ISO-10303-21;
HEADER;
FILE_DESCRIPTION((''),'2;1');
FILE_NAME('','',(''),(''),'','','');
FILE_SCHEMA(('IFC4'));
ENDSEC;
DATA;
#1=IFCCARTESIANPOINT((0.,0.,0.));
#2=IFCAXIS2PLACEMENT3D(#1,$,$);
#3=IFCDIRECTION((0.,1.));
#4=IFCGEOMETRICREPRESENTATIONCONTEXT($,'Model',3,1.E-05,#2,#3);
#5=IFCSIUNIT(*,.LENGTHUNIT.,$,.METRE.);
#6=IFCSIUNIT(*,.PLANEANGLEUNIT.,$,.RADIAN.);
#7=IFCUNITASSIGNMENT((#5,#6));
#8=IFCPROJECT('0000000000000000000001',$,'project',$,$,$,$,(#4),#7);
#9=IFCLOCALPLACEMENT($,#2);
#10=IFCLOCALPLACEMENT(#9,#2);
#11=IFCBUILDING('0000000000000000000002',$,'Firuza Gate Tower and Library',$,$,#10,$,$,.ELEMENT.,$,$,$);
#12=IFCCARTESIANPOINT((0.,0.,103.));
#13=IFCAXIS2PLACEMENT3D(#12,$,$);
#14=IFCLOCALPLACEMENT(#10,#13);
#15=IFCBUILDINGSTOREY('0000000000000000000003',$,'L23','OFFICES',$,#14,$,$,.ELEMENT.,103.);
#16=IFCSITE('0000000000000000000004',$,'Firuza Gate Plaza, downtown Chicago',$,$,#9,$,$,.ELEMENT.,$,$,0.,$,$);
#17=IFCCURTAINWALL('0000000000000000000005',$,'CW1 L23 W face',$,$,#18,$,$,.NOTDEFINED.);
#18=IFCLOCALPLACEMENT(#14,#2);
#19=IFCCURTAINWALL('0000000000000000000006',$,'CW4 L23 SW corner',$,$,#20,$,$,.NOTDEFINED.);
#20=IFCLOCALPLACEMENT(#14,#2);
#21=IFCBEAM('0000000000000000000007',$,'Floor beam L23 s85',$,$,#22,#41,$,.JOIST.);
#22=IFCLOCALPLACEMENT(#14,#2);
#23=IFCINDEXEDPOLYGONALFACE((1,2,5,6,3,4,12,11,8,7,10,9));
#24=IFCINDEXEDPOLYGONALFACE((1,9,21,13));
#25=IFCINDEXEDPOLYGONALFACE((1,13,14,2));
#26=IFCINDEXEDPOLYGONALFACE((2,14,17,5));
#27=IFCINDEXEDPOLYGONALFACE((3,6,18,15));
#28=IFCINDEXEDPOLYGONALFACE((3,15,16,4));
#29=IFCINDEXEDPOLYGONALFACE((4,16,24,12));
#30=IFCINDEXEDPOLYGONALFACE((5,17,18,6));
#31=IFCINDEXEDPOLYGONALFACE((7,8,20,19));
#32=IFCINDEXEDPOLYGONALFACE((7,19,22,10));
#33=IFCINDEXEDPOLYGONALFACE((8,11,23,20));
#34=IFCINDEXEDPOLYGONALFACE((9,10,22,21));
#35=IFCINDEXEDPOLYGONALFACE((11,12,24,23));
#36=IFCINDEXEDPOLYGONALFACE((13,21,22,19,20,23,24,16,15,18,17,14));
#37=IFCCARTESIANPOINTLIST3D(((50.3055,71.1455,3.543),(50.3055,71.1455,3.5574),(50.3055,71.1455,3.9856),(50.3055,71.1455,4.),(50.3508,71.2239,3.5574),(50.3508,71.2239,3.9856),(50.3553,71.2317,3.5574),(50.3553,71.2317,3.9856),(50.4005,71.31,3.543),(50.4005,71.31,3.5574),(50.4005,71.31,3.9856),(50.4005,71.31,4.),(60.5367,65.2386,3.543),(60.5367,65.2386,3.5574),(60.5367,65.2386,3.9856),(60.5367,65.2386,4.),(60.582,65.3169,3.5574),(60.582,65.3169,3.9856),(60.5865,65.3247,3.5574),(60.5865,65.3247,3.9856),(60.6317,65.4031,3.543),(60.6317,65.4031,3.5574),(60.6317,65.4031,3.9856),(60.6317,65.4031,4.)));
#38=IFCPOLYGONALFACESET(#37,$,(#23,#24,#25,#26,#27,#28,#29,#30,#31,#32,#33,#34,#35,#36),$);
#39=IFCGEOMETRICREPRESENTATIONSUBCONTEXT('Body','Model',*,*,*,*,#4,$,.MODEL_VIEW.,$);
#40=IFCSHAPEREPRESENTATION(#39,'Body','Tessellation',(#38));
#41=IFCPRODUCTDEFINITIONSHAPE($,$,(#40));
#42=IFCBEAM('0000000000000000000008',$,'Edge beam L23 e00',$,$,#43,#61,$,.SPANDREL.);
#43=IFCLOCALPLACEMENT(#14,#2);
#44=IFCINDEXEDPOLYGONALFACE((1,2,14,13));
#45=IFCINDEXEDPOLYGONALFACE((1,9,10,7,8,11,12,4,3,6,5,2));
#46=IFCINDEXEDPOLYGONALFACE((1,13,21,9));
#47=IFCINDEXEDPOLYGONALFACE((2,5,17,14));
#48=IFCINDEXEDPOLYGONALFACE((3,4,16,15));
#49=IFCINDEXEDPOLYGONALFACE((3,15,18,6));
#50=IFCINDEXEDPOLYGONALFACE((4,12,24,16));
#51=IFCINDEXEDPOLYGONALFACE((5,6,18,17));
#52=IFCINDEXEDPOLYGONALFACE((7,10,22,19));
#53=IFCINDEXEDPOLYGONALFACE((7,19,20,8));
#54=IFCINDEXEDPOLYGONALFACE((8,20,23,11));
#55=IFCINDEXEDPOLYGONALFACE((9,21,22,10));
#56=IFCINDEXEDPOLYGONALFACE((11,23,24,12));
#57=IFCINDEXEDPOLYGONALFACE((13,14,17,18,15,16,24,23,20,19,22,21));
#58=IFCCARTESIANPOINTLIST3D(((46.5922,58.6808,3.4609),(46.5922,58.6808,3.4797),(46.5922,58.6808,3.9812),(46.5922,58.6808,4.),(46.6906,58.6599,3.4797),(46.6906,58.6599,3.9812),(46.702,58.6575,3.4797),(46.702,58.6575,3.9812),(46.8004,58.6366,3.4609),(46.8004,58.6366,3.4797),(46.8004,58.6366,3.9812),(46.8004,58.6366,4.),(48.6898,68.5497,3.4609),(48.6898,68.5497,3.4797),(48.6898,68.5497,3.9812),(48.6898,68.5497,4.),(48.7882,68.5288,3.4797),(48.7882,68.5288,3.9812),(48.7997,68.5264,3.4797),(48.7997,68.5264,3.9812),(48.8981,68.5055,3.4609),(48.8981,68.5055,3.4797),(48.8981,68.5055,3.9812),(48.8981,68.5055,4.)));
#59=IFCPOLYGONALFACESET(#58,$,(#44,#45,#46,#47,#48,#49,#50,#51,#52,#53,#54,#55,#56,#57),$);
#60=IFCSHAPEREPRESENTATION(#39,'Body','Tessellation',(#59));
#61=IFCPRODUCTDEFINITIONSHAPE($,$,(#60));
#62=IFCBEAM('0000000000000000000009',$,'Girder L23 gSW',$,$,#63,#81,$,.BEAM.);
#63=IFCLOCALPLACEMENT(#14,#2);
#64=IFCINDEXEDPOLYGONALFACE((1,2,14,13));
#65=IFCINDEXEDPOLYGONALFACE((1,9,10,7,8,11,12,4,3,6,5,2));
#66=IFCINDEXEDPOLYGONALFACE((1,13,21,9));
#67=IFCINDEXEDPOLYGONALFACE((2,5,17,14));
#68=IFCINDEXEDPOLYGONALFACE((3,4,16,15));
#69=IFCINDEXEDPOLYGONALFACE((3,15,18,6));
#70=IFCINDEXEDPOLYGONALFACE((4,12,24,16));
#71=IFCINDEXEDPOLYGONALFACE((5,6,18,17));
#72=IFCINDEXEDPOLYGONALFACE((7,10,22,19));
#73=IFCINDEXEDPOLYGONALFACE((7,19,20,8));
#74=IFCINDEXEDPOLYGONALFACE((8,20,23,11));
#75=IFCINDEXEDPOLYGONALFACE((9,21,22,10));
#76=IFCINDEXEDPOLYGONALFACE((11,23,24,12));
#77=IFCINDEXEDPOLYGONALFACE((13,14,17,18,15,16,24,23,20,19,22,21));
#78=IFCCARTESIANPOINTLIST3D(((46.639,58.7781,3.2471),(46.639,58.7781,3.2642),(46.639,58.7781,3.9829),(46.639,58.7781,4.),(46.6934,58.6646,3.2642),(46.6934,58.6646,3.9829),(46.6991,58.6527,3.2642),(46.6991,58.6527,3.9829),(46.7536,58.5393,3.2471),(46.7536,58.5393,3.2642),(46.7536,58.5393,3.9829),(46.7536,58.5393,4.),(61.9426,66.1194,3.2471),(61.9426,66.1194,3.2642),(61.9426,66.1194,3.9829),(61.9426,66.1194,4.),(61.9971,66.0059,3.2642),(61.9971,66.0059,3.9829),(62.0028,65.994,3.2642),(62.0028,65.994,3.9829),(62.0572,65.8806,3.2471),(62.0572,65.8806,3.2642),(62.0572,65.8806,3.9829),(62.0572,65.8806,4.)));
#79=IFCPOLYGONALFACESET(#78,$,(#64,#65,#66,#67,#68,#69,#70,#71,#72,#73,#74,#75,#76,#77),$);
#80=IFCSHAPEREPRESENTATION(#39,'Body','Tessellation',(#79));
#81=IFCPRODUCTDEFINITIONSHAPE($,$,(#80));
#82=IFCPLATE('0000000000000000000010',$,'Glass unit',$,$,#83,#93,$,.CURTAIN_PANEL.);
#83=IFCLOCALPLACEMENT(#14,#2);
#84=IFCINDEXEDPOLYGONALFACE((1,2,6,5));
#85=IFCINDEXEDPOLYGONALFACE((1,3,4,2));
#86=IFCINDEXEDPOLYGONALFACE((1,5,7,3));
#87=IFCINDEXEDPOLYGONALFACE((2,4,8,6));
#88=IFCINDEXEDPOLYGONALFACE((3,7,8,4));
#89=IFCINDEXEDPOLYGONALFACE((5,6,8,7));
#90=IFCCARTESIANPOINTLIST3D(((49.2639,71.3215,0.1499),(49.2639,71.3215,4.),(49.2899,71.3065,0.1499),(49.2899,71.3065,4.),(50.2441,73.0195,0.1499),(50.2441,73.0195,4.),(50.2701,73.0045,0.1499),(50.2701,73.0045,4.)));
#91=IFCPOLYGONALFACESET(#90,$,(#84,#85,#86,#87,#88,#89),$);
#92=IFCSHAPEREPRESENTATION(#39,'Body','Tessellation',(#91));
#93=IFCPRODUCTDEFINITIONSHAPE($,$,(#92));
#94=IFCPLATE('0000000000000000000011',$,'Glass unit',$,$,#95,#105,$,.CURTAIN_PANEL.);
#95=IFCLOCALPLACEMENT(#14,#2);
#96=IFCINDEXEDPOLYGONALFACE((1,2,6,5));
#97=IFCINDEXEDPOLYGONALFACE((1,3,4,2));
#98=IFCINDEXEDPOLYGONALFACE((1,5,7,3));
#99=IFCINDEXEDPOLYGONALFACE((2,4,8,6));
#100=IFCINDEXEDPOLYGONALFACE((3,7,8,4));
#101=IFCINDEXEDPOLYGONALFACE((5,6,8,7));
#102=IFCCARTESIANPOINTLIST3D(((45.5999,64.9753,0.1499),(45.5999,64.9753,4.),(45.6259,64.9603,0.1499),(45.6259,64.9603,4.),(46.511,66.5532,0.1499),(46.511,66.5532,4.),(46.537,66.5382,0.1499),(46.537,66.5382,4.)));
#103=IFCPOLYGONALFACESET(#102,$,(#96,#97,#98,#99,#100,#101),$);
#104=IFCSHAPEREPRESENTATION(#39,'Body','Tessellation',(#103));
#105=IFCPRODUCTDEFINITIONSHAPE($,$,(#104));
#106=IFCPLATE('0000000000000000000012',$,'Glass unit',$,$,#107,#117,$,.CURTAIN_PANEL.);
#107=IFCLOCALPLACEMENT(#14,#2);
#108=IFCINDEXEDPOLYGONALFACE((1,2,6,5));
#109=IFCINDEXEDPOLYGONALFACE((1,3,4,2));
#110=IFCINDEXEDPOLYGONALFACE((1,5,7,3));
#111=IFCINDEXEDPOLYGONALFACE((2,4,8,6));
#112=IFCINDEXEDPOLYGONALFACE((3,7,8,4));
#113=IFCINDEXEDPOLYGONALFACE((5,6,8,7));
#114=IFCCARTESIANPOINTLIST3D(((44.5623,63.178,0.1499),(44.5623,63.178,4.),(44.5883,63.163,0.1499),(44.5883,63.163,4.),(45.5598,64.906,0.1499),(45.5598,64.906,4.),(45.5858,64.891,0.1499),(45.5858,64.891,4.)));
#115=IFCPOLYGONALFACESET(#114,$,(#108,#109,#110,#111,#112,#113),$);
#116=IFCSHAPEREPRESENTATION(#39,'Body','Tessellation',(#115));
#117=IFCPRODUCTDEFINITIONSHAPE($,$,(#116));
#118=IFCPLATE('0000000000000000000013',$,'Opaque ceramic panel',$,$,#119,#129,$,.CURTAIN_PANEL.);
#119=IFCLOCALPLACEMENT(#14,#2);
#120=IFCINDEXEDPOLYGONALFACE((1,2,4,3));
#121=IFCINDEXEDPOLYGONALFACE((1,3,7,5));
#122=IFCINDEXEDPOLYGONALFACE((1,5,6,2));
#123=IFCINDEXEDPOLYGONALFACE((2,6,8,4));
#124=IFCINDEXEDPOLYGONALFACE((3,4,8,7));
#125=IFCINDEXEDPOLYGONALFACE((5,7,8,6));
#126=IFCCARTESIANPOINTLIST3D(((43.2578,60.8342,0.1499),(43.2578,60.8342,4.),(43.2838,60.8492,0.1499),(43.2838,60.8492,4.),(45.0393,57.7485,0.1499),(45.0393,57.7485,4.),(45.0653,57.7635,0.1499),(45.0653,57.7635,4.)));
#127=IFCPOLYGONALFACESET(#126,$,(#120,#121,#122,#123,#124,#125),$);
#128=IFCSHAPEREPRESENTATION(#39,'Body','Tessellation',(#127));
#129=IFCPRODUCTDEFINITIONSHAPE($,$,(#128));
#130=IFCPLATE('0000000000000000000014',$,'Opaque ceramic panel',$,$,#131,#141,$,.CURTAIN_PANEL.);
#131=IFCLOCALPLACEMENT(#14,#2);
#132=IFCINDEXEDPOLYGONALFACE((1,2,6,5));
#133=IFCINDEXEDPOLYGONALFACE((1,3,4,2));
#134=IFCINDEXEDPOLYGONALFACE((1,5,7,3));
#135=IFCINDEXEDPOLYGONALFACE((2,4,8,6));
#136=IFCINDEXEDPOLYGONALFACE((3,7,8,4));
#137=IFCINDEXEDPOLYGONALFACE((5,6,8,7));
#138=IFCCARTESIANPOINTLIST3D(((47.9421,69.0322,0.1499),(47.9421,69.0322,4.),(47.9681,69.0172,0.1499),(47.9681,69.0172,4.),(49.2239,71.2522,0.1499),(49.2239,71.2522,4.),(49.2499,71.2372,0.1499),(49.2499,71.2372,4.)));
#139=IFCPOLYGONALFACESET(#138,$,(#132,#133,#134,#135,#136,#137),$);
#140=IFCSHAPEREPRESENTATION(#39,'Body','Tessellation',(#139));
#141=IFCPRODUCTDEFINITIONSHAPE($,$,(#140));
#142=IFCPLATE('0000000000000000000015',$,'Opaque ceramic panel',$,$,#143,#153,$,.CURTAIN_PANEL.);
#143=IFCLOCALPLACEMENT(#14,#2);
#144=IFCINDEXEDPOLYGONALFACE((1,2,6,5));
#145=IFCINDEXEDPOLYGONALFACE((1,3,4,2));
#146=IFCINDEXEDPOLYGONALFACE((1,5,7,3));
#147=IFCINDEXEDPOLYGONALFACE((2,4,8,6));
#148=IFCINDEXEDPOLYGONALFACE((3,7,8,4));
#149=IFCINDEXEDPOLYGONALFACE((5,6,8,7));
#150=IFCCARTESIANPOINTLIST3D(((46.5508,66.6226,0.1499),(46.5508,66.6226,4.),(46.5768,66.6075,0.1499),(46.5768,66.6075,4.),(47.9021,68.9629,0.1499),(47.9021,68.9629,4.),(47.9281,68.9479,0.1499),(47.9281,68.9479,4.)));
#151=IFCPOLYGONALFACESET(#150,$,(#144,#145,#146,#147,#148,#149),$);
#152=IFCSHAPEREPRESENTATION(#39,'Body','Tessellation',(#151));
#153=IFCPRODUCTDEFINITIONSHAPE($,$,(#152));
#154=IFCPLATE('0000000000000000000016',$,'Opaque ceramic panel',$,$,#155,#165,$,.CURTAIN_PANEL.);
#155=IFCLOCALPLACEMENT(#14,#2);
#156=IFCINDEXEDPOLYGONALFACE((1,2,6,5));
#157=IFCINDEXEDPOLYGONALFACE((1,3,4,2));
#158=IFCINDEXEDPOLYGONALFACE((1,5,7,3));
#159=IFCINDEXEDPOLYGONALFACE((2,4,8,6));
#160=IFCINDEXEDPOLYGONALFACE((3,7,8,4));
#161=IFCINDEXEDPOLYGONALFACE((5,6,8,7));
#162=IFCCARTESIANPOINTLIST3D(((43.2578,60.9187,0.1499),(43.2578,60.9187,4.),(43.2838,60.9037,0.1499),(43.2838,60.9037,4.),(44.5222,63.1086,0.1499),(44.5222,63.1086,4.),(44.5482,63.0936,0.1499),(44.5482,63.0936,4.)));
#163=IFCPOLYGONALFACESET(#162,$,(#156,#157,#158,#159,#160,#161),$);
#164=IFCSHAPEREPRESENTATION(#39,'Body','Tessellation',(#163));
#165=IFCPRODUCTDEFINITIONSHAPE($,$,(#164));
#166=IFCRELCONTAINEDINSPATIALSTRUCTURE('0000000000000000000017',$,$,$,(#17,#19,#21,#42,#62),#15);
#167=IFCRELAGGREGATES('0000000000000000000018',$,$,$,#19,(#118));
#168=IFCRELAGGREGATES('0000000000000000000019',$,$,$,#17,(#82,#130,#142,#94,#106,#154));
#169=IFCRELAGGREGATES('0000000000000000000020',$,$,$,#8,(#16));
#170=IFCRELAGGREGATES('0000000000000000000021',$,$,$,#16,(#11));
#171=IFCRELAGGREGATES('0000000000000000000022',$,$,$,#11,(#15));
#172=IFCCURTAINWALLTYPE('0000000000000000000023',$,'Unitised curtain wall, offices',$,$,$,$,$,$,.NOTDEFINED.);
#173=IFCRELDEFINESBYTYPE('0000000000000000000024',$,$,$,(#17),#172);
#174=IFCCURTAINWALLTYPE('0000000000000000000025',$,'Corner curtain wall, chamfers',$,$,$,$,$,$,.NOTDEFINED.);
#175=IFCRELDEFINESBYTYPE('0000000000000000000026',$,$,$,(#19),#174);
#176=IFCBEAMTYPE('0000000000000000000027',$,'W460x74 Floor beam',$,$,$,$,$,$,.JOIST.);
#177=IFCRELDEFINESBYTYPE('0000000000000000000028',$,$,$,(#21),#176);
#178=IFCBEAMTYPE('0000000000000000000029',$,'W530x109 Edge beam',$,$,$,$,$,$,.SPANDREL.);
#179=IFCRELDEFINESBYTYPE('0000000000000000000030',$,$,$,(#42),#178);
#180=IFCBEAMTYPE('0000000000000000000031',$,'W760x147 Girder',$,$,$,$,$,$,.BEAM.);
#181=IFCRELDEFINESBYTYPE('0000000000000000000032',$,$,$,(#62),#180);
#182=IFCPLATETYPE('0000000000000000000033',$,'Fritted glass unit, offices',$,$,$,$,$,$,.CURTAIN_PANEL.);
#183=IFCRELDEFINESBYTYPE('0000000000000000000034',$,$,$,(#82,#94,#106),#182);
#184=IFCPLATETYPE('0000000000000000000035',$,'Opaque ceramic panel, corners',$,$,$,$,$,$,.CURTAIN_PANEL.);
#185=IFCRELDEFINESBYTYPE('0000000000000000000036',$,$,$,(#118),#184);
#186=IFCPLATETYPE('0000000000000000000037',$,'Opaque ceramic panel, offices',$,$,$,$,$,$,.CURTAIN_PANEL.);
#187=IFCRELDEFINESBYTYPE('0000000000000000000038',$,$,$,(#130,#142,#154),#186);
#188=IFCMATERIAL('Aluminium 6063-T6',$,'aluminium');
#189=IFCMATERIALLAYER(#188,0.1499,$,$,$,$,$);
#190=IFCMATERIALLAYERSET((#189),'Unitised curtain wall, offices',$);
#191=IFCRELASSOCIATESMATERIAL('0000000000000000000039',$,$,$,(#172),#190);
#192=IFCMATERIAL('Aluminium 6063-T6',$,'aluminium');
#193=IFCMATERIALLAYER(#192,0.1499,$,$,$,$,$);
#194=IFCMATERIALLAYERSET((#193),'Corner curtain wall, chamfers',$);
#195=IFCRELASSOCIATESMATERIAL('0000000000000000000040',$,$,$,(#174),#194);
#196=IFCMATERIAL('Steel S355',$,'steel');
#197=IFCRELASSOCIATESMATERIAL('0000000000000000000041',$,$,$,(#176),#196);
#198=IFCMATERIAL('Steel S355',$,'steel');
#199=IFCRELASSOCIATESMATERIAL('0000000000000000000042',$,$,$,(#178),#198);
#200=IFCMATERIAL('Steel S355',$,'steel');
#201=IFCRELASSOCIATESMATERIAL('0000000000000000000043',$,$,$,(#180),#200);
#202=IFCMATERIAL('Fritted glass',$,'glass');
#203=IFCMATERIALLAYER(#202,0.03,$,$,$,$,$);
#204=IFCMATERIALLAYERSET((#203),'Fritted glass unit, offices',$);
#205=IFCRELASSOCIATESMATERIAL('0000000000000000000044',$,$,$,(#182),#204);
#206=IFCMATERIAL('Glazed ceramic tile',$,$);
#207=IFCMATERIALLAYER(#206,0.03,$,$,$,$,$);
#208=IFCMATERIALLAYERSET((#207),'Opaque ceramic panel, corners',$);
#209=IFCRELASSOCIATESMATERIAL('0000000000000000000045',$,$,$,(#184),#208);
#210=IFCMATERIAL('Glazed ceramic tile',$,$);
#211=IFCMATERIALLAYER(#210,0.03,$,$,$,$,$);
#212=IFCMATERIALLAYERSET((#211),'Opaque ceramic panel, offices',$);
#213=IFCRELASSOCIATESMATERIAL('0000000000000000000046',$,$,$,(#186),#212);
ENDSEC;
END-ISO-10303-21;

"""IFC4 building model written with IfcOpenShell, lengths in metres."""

from ifc_helpers import new_model, si_unit, direction, frame, origin, origin_2d, place, context, subcontext, project, spatial, polyline, i_section, outline, extrude, material, layer, layer_set, material_profile, profile_set, type_object, element, aggregate, save


model = new_model("IFC4")

# Units and contexts
model_context = context("Model", 3, precision=1e-05, world=origin(), true_north=direction((0.0, 1.0)))
body_context = subcontext(model_context, "Body", "Model", "MODEL_VIEW")
ifc_project = project(units=[si_unit("LENGTHUNIT", "METRE"), si_unit("PLANEANGLEUNIT", "RADIAN")], contexts=[model_context])

# Site, building, storey
site_placement = place(None, origin())
site = spatial("IfcSite", under=ifc_project, at=site_placement, Name="Firuza Gate Plaza, downtown Chicago", CompositionType="ELEMENT", RefElevation=0.0)
building_placement = place(site_placement, origin())
building = spatial("IfcBuilding", under=site, at=building_placement, Name="Firuza Gate Tower and Library", CompositionType="ELEMENT")
storey_placement = place(building_placement, frame((0.0, 0.0, 103.0)))
storey = spatial("IfcBuildingStorey", under=building, at=storey_placement, Name="L23", Description="OFFICES", CompositionType="ELEMENT", Elevation=103.0)

# Curtain walls
ifc_material_1 = material(Name="Aluminium 6063-T6", Category="aluminium")
ifc_layer_1 = layer(ifc_material_1, 0.1499)
ifc_layer_set_1 = layer_set([ifc_layer_1], Name="Unitised curtain wall, offices")
curtain_wall_type_1 = type_object("IfcCurtainWallType", Name="Unitised curtain wall, offices", PredefinedType="NOTDEFINED", material=ifc_layer_set_1)
placement = place(storey_placement, origin())
curtain_wall_1 = element("IfcCurtainWall", 1, at=placement, inside=storey, type_object=curtain_wall_type_1, Name="CW1 L23 W face", PredefinedType="NOTDEFINED")
ifc_material_2 = material(Name="Aluminium 6063-T6", Category="aluminium")
ifc_layer_2 = layer(ifc_material_2, 0.1499)
ifc_layer_set_2 = layer_set([ifc_layer_2], Name="Corner curtain wall, chamfers")
curtain_wall_type_2 = type_object("IfcCurtainWallType", Name="Corner curtain wall, chamfers", PredefinedType="NOTDEFINED", material=ifc_layer_set_2)
curtain_wall_2 = element("IfcCurtainWall", 2, at=placement, inside=storey, type_object=curtain_wall_type_2, Name="CW4 L23 SW corner", PredefinedType="NOTDEFINED")

# Beams
ifc_material_3 = material(Name="Steel S355", Category="steel")
ifc_material_profile_1 = material_profile(ifc_material_3, i_section(OverallWidth=0.1899, OverallDepth=0.457, WebThickness=0.009, FlangeThickness=0.0144, at=origin_2d()))
ifc_profile_set_1 = profile_set([ifc_material_profile_1], Name="Steel S355")
beam_type_1 = type_object("IfcBeamType", Name="W460x74 Floor beam", PredefinedType="JOIST", material=ifc_profile_set_1)
beam_1_placement = place(storey_placement, frame((50.353, 71.2278, 3.7715), z_axis=(0.866026, -0.5, 0.0), x_axis=(0.5, 0.866026, 0.0)))
element("IfcBeam", 3, at=beam_1_placement, inside=storey, type_object=beam_type_1, Name="Floor beam L23 s85", PredefinedType="JOIST", context=body_context, shape_type="SweptSolid", body=[
    extrude(i_section(OverallWidth=0.1899, OverallDepth=0.457, WebThickness=0.009, FlangeThickness=0.0144, at=origin_2d()), origin(), (0.0, 0.0, 1.0), 11.814),
])
ifc_material_4 = material(Name="Steel S355", Category="steel")
ifc_material_profile_2 = material_profile(ifc_material_4, i_section(OverallWidth=0.2129, OverallDepth=0.5391, WebThickness=0.0117, FlangeThickness=0.0188, at=origin_2d()))
ifc_profile_set_2 = profile_set([ifc_material_profile_2], Name="Steel S355")
beam_type_2 = type_object("IfcBeamType", Name="W530x109 Edge beam", PredefinedType="SPANDREL", material=ifc_profile_set_2)
beam_2_placement = place(storey_placement, frame((48.7939, 68.5276, 3.7305), z_axis=(-0.207908, -0.978148, 0.0), x_axis=(0.978148, -0.207908, 0.0)))
element("IfcBeam", 4, at=beam_2_placement, inside=storey, type_object=beam_type_2, Name="Edge beam L23 e00", PredefinedType="SPANDREL", context=body_context, shape_type="SweptSolid", body=[
    extrude(i_section(OverallWidth=0.2129, OverallDepth=0.5391, WebThickness=0.0117, FlangeThickness=0.0188, at=origin_2d()), origin(), (0.0, 0.0, 1.0), 10.0894),
])
ifc_material_5 = material(Name="Steel S355", Category="steel")
ifc_material_profile_3 = material_profile(ifc_material_5, i_section(OverallWidth=0.2649, OverallDepth=0.7529, WebThickness=0.0132, FlangeThickness=0.0171, at=origin_2d()))
ifc_profile_set_3 = profile_set([ifc_material_profile_3], Name="Steel S355")
beam_type_3 = type_object("IfcBeamType", Name="W760x147 Girder", PredefinedType="BEAM", material=ifc_profile_set_3)
beam_3_placement = place(storey_placement, frame((46.6963, 58.6587, 3.6235), z_axis=(0.901626, 0.432517, 0.0), x_axis=(-0.432517, 0.901626, 0.0)))
element("IfcBeam", 5, at=beam_3_placement, inside=storey, type_object=beam_type_3, Name="Girder L23 gSW", PredefinedType="BEAM", context=body_context, shape_type="SweptSolid", body=[
    extrude(i_section(OverallWidth=0.2649, OverallDepth=0.7529, WebThickness=0.0132, FlangeThickness=0.0171, at=origin_2d()), origin(), (0.0, 0.0, 1.0), 16.9734),
])

# Plates
ifc_material_6 = material(Name="Fritted glass", Category="glass")
ifc_layer_3 = layer(ifc_material_6, 0.03)
ifc_layer_set_3 = layer_set([ifc_layer_3], Name="Fritted glass unit, offices")
plate_type_1 = type_object("IfcPlateType", Name="Fritted glass unit, offices", PredefinedType="CURTAIN_PANEL", material=ifc_layer_set_3)
plate_1_placement = place(storey_placement, frame((50.2441, 73.0195, 0.1499), z_axis=(-0.866051, 0.499956, 0.0), x_axis=(-0.499956, -0.866051, 0.0)))
plate_1 = element("IfcPlate", 6, at=plate_1_placement, type_object=plate_type_1, Name="Glass unit", PredefinedType="CURTAIN_PANEL", context=body_context, shape_type="SweptSolid", body=[
    extrude(outline(polyline([(0.0, 0.0), (1.9606, 0.0), (1.9606, 3.8501), (0.0, 3.8501), (0.0, 0.0)])), origin(), (0.0, 0.0, -1.0), 0.03),
])
plate_2_placement = place(storey_placement, frame((46.511, 66.5532, 0.1499), z_axis=(-0.865991, 0.500059, 0.0), x_axis=(-0.500059, -0.865991, 0.0)))
plate_2 = element("IfcPlate", 7, at=plate_2_placement, type_object=plate_type_1, Name="Glass unit", PredefinedType="CURTAIN_PANEL", context=body_context, shape_type="SweptSolid", body=[
    extrude(outline(polyline([(0.0, 0.0), (1.8221, 0.0), (1.8221, 3.8501), (0.0, 3.8501), (0.0, 0.0)])), origin(), (0.0, 0.0, -1.0), 0.03),
])
plate_3_placement = place(storey_placement, frame((45.5598, 64.906, 0.1499), z_axis=(-0.866051, 0.499955, 0.0), x_axis=(-0.499955, -0.866051, 0.0)))
plate_3 = element("IfcPlate", 8, at=plate_3_placement, type_object=plate_type_1, Name="Glass unit", PredefinedType="CURTAIN_PANEL", context=body_context, shape_type="SweptSolid", body=[
    extrude(outline(polyline([(0.0, 0.0), (1.9953, 0.0), (1.9953, 3.8501), (0.0, 3.8501), (0.0, 0.0)])), origin(), (0.0, 0.0, -1.0), 0.03),
])
ifc_material_7 = material(Name="Glazed ceramic tile")
ifc_layer_4 = layer(ifc_material_7, 0.03)
ifc_layer_set_4 = layer_set([ifc_layer_4], Name="Opaque ceramic panel, corners")
plate_type_2 = type_object("IfcPlateType", Name="Opaque ceramic panel, corners", PredefinedType="CURTAIN_PANEL", material=ifc_layer_set_4)
plate_4_placement = place(storey_placement, frame((43.2578, 60.8342, 0.1499), z_axis=(-0.866029, -0.499993, 0.0), x_axis=(0.499993, -0.866029, 0.0)))
plate_4 = element("IfcPlate", 9, at=plate_4_placement, type_object=plate_type_2, Name="Opaque ceramic panel", PredefinedType="CURTAIN_PANEL", context=body_context, shape_type="SweptSolid", body=[
    extrude(outline(polyline([(0.0, 0.0), (3.563, 0.0), (3.563, 3.8501), (0.0, 3.8501), (0.0, 0.0)])), origin(), (0.0, 0.0, -1.0), 0.03),
])
aggregate(curtain_wall_2, [plate_4])
ifc_material_8 = material(Name="Glazed ceramic tile")
ifc_layer_5 = layer(ifc_material_8, 0.03)
ifc_layer_set_5 = layer_set([ifc_layer_5], Name="Opaque ceramic panel, offices")
plate_type_3 = type_object("IfcPlateType", Name="Opaque ceramic panel, offices", PredefinedType="CURTAIN_PANEL", material=ifc_layer_set_5)
plate_5_placement = place(storey_placement, frame((49.2239, 71.2522, 0.1499), z_axis=(-0.866019, 0.500011, 0.0), x_axis=(-0.500011, -0.866019, 0.0)))
plate_5 = element("IfcPlate", 10, at=plate_5_placement, type_object=plate_type_3, Name="Opaque ceramic panel", PredefinedType="CURTAIN_PANEL", context=body_context, shape_type="SweptSolid", body=[
    extrude(outline(polyline([(0.0, 0.0), (2.5634, 0.0), (2.5634, 3.8501), (0.0, 3.8501), (0.0, 0.0)])), origin(), (0.0, 0.0, -1.0), 0.03),
])
plate_6_placement = place(storey_placement, frame((47.9021, 68.9629, 0.1499), z_axis=(-0.866005, 0.500035, 0.0), x_axis=(-0.500035, -0.866005, 0.0)))
plate_6 = element("IfcPlate", 11, at=plate_6_placement, type_object=plate_type_3, Name="Opaque ceramic panel", PredefinedType="CURTAIN_PANEL", context=body_context, shape_type="SweptSolid", body=[
    extrude(outline(polyline([(0.0, 0.0), (2.7024, 0.0), (2.7024, 3.8501), (0.0, 3.8501), (0.0, 0.0)])), origin(), (0.0, 0.0, -1.0), 0.03),
])
plate_7_placement = place(storey_placement, frame((44.5222, 63.1086, 0.1499), z_axis=(-0.866018, 0.500012, 0.0), x_axis=(-0.500012, -0.866018, 0.0)))
plate_7 = element("IfcPlate", 12, at=plate_7_placement, type_object=plate_type_3, Name="Opaque ceramic panel", PredefinedType="CURTAIN_PANEL", context=body_context, shape_type="SweptSolid", body=[
    extrude(outline(polyline([(0.0, 0.0), (2.5287, 0.0), (2.5287, 3.8501), (0.0, 3.8501), (0.0, 0.0)])), origin(), (0.0, 0.0, -1.0), 0.03),
])
aggregate(curtain_wall_1, [plate_1, plate_5, plate_6, plate_2, plate_3, plate_7])

save(model, "model.ifc")
